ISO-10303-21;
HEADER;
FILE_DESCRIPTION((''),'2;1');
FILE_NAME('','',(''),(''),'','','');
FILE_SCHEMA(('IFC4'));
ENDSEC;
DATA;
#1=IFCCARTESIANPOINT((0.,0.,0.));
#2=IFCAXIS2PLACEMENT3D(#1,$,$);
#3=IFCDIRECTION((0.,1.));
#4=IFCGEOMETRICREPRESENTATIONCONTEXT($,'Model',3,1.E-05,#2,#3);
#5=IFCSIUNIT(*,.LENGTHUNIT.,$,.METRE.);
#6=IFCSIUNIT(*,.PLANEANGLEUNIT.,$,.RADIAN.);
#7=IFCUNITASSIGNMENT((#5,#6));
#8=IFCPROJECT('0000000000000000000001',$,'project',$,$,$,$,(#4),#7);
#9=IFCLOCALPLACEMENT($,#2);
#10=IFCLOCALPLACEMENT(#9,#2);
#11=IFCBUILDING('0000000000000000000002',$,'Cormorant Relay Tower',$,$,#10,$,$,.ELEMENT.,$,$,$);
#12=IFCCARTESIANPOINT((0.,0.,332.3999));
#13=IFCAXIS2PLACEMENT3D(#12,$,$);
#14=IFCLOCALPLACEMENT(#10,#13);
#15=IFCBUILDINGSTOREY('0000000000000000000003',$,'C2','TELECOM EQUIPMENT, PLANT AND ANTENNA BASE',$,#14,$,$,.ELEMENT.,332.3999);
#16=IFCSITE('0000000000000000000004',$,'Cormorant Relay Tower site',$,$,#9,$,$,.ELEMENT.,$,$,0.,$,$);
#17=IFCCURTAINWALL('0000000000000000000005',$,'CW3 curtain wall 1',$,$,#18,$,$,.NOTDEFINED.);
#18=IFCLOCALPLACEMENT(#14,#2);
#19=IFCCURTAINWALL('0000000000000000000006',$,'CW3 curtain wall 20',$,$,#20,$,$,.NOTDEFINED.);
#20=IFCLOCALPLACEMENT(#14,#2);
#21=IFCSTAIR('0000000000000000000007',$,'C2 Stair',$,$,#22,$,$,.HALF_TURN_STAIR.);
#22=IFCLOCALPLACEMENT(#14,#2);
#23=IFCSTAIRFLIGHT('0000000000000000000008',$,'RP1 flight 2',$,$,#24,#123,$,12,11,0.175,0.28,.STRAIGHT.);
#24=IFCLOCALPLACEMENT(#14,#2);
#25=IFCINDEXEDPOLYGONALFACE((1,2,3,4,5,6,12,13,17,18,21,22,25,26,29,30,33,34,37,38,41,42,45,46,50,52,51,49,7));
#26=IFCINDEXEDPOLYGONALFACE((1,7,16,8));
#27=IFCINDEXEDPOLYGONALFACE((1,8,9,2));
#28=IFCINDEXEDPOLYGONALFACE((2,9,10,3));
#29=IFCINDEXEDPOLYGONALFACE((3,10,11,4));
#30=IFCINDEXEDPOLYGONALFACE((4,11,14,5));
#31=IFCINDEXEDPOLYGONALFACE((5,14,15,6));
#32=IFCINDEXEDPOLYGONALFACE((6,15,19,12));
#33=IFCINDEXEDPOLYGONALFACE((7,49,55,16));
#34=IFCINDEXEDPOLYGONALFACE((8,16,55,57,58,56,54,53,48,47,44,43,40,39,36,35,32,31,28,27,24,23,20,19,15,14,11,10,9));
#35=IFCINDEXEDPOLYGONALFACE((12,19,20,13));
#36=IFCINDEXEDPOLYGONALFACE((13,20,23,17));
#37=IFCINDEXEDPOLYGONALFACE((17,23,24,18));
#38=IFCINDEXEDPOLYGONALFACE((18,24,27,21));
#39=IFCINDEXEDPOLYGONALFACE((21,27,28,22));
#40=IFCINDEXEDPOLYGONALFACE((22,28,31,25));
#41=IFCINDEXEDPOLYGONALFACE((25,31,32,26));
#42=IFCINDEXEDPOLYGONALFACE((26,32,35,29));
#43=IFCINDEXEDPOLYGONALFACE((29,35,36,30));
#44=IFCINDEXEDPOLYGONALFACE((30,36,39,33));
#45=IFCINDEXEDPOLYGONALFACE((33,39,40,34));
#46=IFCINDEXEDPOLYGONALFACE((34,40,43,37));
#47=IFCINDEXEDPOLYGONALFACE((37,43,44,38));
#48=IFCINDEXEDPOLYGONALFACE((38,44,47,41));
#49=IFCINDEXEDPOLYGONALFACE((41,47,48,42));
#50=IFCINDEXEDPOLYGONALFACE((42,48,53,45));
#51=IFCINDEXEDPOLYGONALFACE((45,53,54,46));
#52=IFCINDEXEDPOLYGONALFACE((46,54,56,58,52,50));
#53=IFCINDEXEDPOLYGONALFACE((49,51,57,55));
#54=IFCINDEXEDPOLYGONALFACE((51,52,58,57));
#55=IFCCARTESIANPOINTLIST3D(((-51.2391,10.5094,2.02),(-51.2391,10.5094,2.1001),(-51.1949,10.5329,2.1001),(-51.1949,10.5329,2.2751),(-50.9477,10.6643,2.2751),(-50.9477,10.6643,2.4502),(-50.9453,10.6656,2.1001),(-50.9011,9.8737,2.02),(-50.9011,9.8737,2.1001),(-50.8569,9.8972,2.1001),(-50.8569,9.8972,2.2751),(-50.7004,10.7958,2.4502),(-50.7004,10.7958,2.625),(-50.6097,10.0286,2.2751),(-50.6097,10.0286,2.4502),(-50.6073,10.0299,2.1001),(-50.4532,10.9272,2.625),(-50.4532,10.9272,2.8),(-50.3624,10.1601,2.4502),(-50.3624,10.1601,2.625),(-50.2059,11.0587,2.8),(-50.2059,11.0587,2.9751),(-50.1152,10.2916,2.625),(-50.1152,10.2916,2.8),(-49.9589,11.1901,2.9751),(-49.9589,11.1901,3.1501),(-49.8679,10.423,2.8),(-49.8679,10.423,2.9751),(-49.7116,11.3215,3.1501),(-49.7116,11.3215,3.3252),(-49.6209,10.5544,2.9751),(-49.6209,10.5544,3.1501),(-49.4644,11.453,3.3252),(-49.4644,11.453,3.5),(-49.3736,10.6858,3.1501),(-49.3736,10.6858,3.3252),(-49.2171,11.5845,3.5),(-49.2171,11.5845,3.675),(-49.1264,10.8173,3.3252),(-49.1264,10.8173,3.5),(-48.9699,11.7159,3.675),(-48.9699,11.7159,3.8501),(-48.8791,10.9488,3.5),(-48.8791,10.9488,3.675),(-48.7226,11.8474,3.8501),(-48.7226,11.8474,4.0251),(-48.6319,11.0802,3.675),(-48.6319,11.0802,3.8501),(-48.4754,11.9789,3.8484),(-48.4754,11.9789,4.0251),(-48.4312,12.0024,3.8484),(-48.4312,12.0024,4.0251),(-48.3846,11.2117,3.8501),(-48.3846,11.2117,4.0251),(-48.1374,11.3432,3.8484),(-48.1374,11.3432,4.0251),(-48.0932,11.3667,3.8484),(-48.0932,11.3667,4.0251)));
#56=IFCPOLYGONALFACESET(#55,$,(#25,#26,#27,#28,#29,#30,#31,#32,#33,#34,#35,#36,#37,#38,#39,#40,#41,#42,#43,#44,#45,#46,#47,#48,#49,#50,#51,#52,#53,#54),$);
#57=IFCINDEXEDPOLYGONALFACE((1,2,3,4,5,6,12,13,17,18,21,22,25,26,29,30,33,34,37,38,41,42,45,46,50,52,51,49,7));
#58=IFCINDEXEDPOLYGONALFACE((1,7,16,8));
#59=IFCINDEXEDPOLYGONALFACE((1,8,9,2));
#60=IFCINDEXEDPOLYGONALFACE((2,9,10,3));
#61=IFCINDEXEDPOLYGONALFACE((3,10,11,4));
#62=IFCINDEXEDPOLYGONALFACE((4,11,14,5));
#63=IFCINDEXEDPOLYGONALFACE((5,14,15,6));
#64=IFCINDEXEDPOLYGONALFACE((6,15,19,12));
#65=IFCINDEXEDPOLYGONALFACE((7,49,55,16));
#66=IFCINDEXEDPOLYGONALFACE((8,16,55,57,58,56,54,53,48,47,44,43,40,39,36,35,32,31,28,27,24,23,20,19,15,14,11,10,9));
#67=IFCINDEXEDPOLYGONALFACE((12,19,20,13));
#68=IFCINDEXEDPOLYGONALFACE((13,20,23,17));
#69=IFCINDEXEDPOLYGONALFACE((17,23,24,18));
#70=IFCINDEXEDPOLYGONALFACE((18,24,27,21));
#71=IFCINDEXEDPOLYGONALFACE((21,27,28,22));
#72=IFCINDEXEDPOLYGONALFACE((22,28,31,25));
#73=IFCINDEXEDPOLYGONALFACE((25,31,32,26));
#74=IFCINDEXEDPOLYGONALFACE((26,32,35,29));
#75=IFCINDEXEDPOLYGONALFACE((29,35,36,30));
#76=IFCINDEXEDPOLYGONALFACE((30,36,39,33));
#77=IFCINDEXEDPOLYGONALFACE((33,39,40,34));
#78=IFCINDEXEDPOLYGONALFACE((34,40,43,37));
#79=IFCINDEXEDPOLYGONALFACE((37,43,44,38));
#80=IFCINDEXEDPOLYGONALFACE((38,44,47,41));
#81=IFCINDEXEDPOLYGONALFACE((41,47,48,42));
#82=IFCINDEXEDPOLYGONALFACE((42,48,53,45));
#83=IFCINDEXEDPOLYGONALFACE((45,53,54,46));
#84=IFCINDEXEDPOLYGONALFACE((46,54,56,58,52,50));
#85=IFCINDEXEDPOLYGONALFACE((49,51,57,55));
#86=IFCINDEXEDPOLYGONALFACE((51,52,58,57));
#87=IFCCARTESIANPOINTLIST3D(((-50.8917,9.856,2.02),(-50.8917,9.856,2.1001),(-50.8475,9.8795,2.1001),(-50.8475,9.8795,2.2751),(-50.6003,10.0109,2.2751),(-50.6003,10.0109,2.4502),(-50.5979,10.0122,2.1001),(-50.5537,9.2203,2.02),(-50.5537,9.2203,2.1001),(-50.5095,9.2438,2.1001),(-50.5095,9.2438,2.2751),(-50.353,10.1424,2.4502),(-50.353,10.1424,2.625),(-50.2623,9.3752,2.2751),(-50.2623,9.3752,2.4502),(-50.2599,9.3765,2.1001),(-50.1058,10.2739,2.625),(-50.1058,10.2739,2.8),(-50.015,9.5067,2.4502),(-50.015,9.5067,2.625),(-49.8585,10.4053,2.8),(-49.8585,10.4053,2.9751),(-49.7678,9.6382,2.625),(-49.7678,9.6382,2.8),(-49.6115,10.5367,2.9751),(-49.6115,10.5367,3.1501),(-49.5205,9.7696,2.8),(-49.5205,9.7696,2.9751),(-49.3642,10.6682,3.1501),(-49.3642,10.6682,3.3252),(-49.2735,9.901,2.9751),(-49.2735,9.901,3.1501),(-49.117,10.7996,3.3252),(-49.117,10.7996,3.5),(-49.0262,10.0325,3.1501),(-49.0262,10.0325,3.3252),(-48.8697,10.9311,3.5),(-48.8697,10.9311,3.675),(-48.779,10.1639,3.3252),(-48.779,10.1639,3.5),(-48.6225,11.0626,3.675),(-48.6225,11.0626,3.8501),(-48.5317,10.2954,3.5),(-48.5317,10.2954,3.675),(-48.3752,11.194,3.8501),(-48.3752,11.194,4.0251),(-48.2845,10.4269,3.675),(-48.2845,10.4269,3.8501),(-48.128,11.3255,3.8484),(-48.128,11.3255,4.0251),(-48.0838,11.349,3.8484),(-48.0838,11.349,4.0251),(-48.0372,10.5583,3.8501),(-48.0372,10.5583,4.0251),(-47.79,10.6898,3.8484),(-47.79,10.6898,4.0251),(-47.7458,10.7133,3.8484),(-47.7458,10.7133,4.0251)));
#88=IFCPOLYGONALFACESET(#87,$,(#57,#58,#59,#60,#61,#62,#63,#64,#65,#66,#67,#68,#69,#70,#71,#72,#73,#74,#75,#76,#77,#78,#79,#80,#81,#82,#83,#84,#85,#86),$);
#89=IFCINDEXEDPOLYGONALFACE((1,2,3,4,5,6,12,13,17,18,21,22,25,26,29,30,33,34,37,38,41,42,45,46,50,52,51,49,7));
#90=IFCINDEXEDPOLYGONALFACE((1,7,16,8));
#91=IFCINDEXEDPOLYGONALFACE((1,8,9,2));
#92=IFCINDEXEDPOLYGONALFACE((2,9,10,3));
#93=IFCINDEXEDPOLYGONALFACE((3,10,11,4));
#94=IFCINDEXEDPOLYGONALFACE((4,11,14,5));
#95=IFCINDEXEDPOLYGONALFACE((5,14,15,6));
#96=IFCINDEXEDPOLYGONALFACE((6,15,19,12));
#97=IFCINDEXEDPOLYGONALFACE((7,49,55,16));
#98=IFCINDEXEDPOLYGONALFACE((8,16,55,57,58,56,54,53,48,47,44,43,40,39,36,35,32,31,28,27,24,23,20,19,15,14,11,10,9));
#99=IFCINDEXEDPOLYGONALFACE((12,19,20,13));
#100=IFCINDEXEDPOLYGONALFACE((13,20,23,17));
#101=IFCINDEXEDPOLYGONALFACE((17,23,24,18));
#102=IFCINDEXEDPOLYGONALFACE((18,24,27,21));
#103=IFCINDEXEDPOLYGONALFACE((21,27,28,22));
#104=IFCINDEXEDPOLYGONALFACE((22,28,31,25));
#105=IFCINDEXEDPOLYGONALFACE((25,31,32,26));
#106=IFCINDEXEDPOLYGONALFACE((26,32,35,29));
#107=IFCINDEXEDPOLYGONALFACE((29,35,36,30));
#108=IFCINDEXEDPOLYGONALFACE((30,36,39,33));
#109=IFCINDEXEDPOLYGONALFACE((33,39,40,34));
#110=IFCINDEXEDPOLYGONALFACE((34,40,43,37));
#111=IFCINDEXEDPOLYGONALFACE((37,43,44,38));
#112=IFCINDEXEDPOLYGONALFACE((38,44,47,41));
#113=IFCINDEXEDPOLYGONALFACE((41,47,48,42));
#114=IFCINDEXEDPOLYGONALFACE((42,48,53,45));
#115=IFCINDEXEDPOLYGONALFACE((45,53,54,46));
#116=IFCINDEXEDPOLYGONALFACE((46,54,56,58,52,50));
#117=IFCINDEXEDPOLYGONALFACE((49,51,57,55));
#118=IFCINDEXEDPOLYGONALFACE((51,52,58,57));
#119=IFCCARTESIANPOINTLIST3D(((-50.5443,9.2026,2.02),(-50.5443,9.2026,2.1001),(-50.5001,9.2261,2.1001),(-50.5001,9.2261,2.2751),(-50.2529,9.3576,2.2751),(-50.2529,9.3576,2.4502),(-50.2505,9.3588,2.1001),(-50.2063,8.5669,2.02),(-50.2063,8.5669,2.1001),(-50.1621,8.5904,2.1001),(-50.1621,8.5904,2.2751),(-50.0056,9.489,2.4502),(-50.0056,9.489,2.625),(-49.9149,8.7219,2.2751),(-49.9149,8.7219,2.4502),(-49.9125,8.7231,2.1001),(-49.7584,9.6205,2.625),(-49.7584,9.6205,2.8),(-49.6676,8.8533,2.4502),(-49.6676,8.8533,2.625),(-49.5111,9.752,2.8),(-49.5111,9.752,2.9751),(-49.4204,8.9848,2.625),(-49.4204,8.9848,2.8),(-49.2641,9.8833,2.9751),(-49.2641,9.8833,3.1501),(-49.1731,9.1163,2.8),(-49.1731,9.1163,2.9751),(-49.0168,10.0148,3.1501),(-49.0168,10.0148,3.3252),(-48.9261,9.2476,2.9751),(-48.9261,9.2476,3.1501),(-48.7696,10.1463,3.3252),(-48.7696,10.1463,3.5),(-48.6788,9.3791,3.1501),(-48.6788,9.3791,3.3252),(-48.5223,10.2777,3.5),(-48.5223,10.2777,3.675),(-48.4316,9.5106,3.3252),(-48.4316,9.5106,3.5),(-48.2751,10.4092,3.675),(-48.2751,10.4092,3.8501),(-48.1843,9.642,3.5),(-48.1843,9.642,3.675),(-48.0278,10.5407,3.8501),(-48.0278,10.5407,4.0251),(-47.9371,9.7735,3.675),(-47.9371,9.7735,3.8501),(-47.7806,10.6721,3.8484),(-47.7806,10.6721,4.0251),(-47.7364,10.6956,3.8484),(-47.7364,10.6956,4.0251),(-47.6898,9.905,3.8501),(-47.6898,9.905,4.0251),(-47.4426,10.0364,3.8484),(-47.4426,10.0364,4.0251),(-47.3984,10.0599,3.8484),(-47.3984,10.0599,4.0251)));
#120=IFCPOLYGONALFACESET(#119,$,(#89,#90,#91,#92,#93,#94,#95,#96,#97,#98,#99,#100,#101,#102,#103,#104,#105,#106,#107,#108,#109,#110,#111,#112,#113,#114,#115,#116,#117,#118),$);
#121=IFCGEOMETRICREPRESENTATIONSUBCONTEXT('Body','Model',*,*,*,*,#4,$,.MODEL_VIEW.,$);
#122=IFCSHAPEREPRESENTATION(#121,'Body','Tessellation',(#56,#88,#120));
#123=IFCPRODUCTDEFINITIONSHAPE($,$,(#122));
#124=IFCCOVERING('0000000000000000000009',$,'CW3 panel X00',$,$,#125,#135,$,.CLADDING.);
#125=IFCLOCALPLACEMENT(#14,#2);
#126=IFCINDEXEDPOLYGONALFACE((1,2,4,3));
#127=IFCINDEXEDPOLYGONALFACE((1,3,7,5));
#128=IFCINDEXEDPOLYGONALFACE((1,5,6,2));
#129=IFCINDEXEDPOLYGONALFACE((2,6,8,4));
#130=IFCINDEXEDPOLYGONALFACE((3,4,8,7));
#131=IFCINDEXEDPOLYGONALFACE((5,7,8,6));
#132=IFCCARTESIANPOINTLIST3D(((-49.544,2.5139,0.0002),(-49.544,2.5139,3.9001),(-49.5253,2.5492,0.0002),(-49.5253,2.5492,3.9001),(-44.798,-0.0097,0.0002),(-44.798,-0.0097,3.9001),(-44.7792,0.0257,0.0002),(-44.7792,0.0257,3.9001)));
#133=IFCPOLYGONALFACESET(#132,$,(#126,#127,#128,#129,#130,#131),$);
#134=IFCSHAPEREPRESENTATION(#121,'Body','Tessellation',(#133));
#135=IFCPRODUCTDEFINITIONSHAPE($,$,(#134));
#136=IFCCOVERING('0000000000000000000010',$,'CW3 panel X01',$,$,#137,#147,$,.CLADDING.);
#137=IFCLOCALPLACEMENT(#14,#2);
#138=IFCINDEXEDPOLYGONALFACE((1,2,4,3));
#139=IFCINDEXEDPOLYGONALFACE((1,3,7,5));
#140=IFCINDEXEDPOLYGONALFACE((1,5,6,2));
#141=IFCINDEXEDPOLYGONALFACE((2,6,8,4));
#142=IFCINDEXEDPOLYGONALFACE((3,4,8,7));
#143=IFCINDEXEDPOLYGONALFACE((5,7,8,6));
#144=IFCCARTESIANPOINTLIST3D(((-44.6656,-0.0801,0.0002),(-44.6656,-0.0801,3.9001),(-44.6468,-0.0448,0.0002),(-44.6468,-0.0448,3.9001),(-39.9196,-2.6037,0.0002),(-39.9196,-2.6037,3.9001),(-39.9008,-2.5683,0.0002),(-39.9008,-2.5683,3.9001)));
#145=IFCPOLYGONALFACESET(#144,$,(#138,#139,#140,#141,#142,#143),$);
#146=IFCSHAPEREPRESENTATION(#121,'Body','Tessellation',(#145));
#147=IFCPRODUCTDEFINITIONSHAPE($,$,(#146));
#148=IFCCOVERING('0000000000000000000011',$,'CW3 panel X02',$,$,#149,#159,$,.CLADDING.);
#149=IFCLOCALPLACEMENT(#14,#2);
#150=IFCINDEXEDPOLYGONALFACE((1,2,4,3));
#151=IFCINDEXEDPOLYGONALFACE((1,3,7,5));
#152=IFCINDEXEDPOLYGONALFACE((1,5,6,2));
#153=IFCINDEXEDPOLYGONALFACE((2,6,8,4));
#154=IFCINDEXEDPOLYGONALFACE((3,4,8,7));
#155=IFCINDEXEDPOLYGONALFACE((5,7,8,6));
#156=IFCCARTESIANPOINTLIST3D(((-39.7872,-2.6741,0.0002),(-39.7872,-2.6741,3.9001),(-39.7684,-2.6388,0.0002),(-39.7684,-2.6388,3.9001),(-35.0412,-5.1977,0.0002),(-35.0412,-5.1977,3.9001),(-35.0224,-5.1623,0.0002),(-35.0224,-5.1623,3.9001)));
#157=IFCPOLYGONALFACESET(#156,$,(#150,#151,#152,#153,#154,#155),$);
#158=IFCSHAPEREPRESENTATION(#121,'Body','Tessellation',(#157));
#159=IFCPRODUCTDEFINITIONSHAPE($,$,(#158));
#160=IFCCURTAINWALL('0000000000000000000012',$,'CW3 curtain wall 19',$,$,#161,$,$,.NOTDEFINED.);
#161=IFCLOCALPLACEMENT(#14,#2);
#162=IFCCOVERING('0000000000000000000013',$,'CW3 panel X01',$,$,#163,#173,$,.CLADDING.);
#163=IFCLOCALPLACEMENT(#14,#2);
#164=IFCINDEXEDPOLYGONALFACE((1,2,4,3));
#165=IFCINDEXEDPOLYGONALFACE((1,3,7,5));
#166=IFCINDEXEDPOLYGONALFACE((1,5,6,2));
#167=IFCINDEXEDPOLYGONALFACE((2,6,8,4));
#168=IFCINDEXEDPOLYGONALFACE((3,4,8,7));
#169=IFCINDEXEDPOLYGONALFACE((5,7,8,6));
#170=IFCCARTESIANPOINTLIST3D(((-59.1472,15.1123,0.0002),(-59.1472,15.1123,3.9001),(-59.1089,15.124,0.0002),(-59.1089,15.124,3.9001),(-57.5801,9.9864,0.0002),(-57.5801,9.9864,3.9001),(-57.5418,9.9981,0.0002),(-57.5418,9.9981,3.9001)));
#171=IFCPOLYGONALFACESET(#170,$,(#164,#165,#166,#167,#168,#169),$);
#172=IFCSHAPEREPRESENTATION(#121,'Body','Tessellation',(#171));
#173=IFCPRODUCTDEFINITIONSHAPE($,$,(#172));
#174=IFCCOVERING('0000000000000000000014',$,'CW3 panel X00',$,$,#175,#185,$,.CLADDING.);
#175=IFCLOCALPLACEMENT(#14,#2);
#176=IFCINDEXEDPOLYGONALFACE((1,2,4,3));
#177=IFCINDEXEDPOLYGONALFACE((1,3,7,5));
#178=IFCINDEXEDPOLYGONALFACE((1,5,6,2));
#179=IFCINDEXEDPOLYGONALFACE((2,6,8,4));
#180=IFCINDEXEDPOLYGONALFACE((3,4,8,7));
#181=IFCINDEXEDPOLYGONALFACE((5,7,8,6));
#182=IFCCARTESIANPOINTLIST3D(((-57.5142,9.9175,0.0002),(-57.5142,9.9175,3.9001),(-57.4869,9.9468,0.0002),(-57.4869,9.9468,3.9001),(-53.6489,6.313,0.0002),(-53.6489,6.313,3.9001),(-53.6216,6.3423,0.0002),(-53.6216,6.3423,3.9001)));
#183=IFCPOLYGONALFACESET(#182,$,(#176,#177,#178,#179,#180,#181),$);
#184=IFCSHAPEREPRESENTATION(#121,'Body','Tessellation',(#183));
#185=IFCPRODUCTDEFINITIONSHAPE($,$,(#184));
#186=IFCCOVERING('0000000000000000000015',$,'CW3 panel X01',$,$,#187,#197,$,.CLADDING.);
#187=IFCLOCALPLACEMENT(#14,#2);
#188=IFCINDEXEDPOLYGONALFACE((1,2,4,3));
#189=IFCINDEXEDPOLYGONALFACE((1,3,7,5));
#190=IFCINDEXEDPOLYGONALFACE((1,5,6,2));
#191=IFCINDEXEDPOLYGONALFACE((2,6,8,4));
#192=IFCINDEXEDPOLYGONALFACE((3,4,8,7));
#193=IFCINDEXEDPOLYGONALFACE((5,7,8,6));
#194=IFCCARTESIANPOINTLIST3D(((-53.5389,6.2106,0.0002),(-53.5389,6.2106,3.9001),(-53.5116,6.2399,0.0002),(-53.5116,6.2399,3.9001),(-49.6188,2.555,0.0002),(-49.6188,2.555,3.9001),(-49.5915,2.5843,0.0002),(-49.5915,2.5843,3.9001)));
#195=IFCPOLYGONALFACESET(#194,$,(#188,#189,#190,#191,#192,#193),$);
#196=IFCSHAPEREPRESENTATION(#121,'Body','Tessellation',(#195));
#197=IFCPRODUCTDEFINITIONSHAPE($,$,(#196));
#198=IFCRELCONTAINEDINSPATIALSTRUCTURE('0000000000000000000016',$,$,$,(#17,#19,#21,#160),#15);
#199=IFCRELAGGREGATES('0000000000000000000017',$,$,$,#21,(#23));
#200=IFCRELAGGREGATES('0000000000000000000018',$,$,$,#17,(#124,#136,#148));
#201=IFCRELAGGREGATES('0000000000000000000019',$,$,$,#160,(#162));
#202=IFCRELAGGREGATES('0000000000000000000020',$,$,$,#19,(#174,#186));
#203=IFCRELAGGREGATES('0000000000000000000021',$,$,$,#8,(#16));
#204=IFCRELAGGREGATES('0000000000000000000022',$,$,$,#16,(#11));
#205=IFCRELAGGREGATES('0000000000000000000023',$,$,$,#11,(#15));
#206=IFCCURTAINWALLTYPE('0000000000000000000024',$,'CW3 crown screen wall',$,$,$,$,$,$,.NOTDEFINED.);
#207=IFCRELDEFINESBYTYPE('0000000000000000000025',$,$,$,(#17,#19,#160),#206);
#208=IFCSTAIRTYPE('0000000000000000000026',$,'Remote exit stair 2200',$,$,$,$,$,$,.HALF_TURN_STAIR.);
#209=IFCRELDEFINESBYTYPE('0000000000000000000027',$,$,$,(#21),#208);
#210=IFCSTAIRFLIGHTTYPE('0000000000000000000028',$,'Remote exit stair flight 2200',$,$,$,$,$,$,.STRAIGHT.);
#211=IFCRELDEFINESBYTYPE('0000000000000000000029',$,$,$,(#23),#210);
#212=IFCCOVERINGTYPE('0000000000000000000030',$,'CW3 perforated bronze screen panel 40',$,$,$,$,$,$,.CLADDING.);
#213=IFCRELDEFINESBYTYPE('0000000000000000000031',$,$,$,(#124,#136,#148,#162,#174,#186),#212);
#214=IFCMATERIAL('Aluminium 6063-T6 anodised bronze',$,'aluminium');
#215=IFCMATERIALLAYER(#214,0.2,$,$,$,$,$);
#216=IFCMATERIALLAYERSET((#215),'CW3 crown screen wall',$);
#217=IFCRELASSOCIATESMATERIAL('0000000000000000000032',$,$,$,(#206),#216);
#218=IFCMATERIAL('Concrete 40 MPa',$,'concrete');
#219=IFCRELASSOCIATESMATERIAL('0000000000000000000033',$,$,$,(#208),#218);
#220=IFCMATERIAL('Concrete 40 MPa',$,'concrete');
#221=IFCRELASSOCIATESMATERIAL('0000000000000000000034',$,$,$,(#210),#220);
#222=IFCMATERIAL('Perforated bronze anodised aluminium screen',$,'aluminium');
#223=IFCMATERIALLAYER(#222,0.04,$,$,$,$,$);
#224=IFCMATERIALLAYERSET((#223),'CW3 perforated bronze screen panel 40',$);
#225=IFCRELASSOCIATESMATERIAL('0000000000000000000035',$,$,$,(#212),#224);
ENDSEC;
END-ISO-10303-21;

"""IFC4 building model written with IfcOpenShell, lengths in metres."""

from ifc_helpers import new_model, si_unit, direction, frame, origin, origin_2d, place, context, subcontext, project, spatial, polyline, rectangle, outline, extrude, material, layer, layer_set, type_object, element, aggregate, save


model = new_model("IFC4")

# Units and contexts
model_context = context("Model", 3, precision=1e-05, world=origin(), true_north=direction((0.0, 1.0)))
body_context = subcontext(model_context, "Body", "Model", "MODEL_VIEW")
ifc_project = project(units=[si_unit("LENGTHUNIT", "METRE"), si_unit("PLANEANGLEUNIT", "RADIAN")], contexts=[model_context])

# Site, building, storey
site_placement = place(None, origin())
site = spatial("IfcSite", under=ifc_project, at=site_placement, Name="Cormorant Relay Tower site", CompositionType="ELEMENT", RefElevation=0.0)
building_placement = place(site_placement, origin())
building = spatial("IfcBuilding", under=site, at=building_placement, Name="Cormorant Relay Tower", CompositionType="ELEMENT")
storey_placement = place(building_placement, frame((0.0, 0.0, 332.3999)))
storey = spatial("IfcBuildingStorey", under=building, at=storey_placement, Name="C2", Description="TELECOM EQUIPMENT, PLANT AND ANTENNA BASE", CompositionType="ELEMENT", Elevation=332.3999)

# Curtain walls
ifc_material_1 = material(Name="Aluminium 6063-T6 anodised bronze", Category="aluminium")
ifc_layer_1 = layer(ifc_material_1, 0.2)
ifc_layer_set_1 = layer_set([ifc_layer_1], Name="CW3 crown screen wall")
curtain_wall_type = type_object("IfcCurtainWallType", Name="CW3 crown screen wall", PredefinedType="NOTDEFINED", material=ifc_layer_set_1)
curtain_wall_1_placement = place(storey_placement, origin())
curtain_wall_1 = element("IfcCurtainWall", 1, at=curtain_wall_1_placement, inside=storey, type_object=curtain_wall_type, Name="CW3 curtain wall 1", PredefinedType="NOTDEFINED")
curtain_wall_2_placement = place(storey_placement, origin())
curtain_wall_2 = element("IfcCurtainWall", 2, at=curtain_wall_2_placement, inside=storey, type_object=curtain_wall_type, Name="CW3 curtain wall 20", PredefinedType="NOTDEFINED")

# Stair, stair flight
ifc_material_2 = material(Name="Concrete 40 MPa", Category="concrete")
stair_type_1 = type_object("IfcStairType", Name="Remote exit stair 2200", PredefinedType="HALF_TURN_STAIR", material=ifc_material_2)
stair_1_placement = place(storey_placement, origin())
stair_1 = element("IfcStair", 3, at=stair_1_placement, inside=storey, type_object=stair_type_1, Name="C2 Stair", PredefinedType="HALF_TURN_STAIR")
ifc_material_3 = material(Name="Concrete 40 MPa", Category="concrete")
stair_flight_type_1 = type_object("IfcStairFlightType", Name="Remote exit stair flight 2200", PredefinedType="STRAIGHT", material=ifc_material_3)
stair_flight_1_placement = place(storey_placement, frame((-50.6785, 9.5615, 2.1001), z_axis=(0.0, 0.0, 1.0), x_axis=(0.882948, 0.469472, 0.0)))
stair_flight_1 = element("IfcStairFlight", 4, at=stair_flight_1_placement, type_object=stair_flight_type_1, Name="RP1 flight 2", NumberOfRisers=12, NumberOfTreads=11, PredefinedType="STRAIGHT", RiserHeight=0.175, TreadLength=0.28, context=body_context, shape_type="SweptSolid", body=[
    extrude(outline(polyline([(-0.05, -0.0801), (-0.05, 0.0), (0.0, 0.0), (0.0, 0.175), (0.28, 0.175), (0.28, 0.3501), (0.5601, 0.3501), (0.5601, 0.5249), (0.8401, 0.5249), (0.8401, 0.7), (1.1201, 0.7), (1.1201, 0.875), (1.3999, 0.875), (1.3999, 1.05), (1.6799, 1.05), (1.6799, 1.2251), (1.96, 1.2251), (1.96, 1.3999), (2.24, 1.3999), (2.24, 1.575), (2.52, 1.575), (2.52, 1.75), (2.8, 1.75), (2.8, 1.925), (3.0801, 1.925), (3.1301, 1.925), (3.1301, 1.7483), (3.0801, 1.7483), (0.2827, 0.0), (-0.05, -0.0801)])), frame((0.0, 1.1001, 0.0), z_axis=(0.0, -1.0, 0.0), x_axis=(1.0, 0.0, 0.0)), (0.0, 0.0, 1.0), 0.72),
    extrude(outline(polyline([(-0.05, -0.0801), (-0.05, 0.0), (0.0, 0.0), (0.0, 0.175), (0.28, 0.175), (0.28, 0.3501), (0.5601, 0.3501), (0.5601, 0.5249), (0.8401, 0.5249), (0.8401, 0.7), (1.1201, 0.7), (1.1201, 0.875), (1.3999, 0.875), (1.3999, 1.05), (1.6799, 1.05), (1.6799, 1.2251), (1.96, 1.2251), (1.96, 1.3999), (2.24, 1.3999), (2.24, 1.575), (2.52, 1.575), (2.52, 1.75), (2.8, 1.75), (2.8, 1.925), (3.0801, 1.925), (3.1301, 1.925), (3.1301, 1.7483), (3.0801, 1.7483), (0.2827, 0.0), (-0.05, -0.0801)])), frame((0.0, 0.3601, 0.0), z_axis=(0.0, -1.0, 0.0), x_axis=(1.0, 0.0, 0.0)), (0.0, 0.0, 1.0), 0.72),
    extrude(outline(polyline([(-0.05, -0.0801), (-0.05, 0.0), (0.0, 0.0), (0.0, 0.175), (0.28, 0.175), (0.28, 0.3501), (0.5601, 0.3501), (0.5601, 0.5249), (0.8401, 0.5249), (0.8401, 0.7), (1.1201, 0.7), (1.1201, 0.875), (1.3999, 0.875), (1.3999, 1.05), (1.6799, 1.05), (1.6799, 1.2251), (1.96, 1.2251), (1.96, 1.3999), (2.24, 1.3999), (2.24, 1.575), (2.52, 1.575), (2.52, 1.75), (2.8, 1.75), (2.8, 1.925), (3.0801, 1.925), (3.1301, 1.925), (3.1301, 1.7483), (3.0801, 1.7483), (0.2827, 0.0), (-0.05, -0.0801)])), frame((0.0, -0.3799, 0.0), z_axis=(0.0, -1.0, 0.0), x_axis=(1.0, 0.0, 0.0)), (0.0, 0.0, 1.0), 0.72),
])
aggregate(stair_1, [stair_flight_1])

# Coverings
ifc_material_4 = material(Name="Perforated bronze anodised aluminium screen", Category="aluminium")
ifc_layer_2 = layer(ifc_material_4, 0.04)
ifc_layer_set_2 = layer_set([ifc_layer_2], Name="CW3 perforated bronze screen panel 40")
covering_type = type_object("IfcCoveringType", Name="CW3 perforated bronze screen panel 40", PredefinedType="CLADDING", material=ifc_layer_set_2)
covering_1_placement = place(storey_placement, frame((-47.1616, 1.2698, 0.0002), z_axis=(0.0, 0.0, 1.0), x_axis=(0.882948, -0.469472, 0.0)))
covering_1 = element("IfcCovering", 5, at=covering_1_placement, type_object=covering_type, Name="CW3 panel X00", PredefinedType="CLADDING", context=body_context, shape_type="SweptSolid", body=[
    extrude(rectangle(XDim=5.3752, YDim=0.04, at=origin_2d()), origin(), (0.0, 0.0, 1.0), 3.8999),
])
covering_2_placement = place(storey_placement, frame((-42.2832, -1.3242, 0.0002), z_axis=(0.0, 0.0, 1.0), x_axis=(0.882948, -0.469472, 0.0)))
covering_2 = element("IfcCovering", 6, at=covering_2_placement, type_object=covering_type, Name="CW3 panel X01", PredefinedType="CLADDING", context=body_context, shape_type="SweptSolid", body=[
    extrude(rectangle(XDim=5.3752, YDim=0.04, at=origin_2d()), origin(), (0.0, 0.0, 1.0), 3.8999),
])
covering_3_placement = place(storey_placement, frame((-37.4048, -3.9182, 0.0002), z_axis=(0.0, 0.0, 1.0), x_axis=(0.882948, -0.469472, 0.0)))
covering_3 = element("IfcCovering", 7, at=covering_3_placement, type_object=covering_type, Name="CW3 panel X02", PredefinedType="CLADDING", context=body_context, shape_type="SweptSolid", body=[
    extrude(rectangle(XDim=5.3752, YDim=0.04, at=origin_2d()), origin(), (0.0, 0.0, 1.0), 3.8999),
])
aggregate(curtain_wall_1, [covering_1, covering_2, covering_3])

# Curtain wall, covering
curtain_wall_3_placement = place(storey_placement, origin())
curtain_wall_3 = element("IfcCurtainWall", 8, at=curtain_wall_3_placement, inside=storey, type_object=curtain_wall_type, Name="CW3 curtain wall 19", PredefinedType="NOTDEFINED")
covering_4_placement = place(storey_placement, frame((-58.3445, 12.5552, 0.0002), z_axis=(0.0, 0.0, 1.0), x_axis=(0.292372, -0.956305, 0.0)))
covering_4 = element("IfcCovering", 9, at=covering_4_placement, type_object=covering_type, Name="CW3 panel X01", PredefinedType="CLADDING", context=body_context, shape_type="SweptSolid", body=[
    extrude(rectangle(XDim=5.3601, YDim=0.04, at=origin_2d()), origin(), (0.0, 0.0, 1.0), 3.8999),
])
aggregate(curtain_wall_3, [covering_4])

# Coverings
covering_5_placement = place(storey_placement, frame((-55.5679, 8.1299, 0.0002), z_axis=(0.0, 0.0, 1.0), x_axis=(0.731354, -0.681998, 0.0)))
covering_5 = element("IfcCovering", 10, at=covering_5_placement, type_object=covering_type, Name="CW3 panel X00", PredefinedType="CLADDING", context=body_context, shape_type="SweptSolid", body=[
    extrude(rectangle(XDim=5.2852, YDim=0.04, at=origin_2d()), origin(), (0.0, 0.0, 1.0), 3.8999),
])
covering_6_placement = place(storey_placement, frame((-51.5652, 4.3975, 0.0002), z_axis=(0.0, 0.0, 1.0), x_axis=(0.731354, -0.681998, 0.0)))
covering_6 = element("IfcCovering", 11, at=covering_6_placement, type_object=covering_type, Name="CW3 panel X01", PredefinedType="CLADDING", context=body_context, shape_type="SweptSolid", body=[
    extrude(rectangle(XDim=5.3601, YDim=0.04, at=origin_2d()), origin(), (0.0, 0.0, 1.0), 3.8999),
])
aggregate(curtain_wall_2, [covering_5, covering_6])

save(model, "model.ifc")
